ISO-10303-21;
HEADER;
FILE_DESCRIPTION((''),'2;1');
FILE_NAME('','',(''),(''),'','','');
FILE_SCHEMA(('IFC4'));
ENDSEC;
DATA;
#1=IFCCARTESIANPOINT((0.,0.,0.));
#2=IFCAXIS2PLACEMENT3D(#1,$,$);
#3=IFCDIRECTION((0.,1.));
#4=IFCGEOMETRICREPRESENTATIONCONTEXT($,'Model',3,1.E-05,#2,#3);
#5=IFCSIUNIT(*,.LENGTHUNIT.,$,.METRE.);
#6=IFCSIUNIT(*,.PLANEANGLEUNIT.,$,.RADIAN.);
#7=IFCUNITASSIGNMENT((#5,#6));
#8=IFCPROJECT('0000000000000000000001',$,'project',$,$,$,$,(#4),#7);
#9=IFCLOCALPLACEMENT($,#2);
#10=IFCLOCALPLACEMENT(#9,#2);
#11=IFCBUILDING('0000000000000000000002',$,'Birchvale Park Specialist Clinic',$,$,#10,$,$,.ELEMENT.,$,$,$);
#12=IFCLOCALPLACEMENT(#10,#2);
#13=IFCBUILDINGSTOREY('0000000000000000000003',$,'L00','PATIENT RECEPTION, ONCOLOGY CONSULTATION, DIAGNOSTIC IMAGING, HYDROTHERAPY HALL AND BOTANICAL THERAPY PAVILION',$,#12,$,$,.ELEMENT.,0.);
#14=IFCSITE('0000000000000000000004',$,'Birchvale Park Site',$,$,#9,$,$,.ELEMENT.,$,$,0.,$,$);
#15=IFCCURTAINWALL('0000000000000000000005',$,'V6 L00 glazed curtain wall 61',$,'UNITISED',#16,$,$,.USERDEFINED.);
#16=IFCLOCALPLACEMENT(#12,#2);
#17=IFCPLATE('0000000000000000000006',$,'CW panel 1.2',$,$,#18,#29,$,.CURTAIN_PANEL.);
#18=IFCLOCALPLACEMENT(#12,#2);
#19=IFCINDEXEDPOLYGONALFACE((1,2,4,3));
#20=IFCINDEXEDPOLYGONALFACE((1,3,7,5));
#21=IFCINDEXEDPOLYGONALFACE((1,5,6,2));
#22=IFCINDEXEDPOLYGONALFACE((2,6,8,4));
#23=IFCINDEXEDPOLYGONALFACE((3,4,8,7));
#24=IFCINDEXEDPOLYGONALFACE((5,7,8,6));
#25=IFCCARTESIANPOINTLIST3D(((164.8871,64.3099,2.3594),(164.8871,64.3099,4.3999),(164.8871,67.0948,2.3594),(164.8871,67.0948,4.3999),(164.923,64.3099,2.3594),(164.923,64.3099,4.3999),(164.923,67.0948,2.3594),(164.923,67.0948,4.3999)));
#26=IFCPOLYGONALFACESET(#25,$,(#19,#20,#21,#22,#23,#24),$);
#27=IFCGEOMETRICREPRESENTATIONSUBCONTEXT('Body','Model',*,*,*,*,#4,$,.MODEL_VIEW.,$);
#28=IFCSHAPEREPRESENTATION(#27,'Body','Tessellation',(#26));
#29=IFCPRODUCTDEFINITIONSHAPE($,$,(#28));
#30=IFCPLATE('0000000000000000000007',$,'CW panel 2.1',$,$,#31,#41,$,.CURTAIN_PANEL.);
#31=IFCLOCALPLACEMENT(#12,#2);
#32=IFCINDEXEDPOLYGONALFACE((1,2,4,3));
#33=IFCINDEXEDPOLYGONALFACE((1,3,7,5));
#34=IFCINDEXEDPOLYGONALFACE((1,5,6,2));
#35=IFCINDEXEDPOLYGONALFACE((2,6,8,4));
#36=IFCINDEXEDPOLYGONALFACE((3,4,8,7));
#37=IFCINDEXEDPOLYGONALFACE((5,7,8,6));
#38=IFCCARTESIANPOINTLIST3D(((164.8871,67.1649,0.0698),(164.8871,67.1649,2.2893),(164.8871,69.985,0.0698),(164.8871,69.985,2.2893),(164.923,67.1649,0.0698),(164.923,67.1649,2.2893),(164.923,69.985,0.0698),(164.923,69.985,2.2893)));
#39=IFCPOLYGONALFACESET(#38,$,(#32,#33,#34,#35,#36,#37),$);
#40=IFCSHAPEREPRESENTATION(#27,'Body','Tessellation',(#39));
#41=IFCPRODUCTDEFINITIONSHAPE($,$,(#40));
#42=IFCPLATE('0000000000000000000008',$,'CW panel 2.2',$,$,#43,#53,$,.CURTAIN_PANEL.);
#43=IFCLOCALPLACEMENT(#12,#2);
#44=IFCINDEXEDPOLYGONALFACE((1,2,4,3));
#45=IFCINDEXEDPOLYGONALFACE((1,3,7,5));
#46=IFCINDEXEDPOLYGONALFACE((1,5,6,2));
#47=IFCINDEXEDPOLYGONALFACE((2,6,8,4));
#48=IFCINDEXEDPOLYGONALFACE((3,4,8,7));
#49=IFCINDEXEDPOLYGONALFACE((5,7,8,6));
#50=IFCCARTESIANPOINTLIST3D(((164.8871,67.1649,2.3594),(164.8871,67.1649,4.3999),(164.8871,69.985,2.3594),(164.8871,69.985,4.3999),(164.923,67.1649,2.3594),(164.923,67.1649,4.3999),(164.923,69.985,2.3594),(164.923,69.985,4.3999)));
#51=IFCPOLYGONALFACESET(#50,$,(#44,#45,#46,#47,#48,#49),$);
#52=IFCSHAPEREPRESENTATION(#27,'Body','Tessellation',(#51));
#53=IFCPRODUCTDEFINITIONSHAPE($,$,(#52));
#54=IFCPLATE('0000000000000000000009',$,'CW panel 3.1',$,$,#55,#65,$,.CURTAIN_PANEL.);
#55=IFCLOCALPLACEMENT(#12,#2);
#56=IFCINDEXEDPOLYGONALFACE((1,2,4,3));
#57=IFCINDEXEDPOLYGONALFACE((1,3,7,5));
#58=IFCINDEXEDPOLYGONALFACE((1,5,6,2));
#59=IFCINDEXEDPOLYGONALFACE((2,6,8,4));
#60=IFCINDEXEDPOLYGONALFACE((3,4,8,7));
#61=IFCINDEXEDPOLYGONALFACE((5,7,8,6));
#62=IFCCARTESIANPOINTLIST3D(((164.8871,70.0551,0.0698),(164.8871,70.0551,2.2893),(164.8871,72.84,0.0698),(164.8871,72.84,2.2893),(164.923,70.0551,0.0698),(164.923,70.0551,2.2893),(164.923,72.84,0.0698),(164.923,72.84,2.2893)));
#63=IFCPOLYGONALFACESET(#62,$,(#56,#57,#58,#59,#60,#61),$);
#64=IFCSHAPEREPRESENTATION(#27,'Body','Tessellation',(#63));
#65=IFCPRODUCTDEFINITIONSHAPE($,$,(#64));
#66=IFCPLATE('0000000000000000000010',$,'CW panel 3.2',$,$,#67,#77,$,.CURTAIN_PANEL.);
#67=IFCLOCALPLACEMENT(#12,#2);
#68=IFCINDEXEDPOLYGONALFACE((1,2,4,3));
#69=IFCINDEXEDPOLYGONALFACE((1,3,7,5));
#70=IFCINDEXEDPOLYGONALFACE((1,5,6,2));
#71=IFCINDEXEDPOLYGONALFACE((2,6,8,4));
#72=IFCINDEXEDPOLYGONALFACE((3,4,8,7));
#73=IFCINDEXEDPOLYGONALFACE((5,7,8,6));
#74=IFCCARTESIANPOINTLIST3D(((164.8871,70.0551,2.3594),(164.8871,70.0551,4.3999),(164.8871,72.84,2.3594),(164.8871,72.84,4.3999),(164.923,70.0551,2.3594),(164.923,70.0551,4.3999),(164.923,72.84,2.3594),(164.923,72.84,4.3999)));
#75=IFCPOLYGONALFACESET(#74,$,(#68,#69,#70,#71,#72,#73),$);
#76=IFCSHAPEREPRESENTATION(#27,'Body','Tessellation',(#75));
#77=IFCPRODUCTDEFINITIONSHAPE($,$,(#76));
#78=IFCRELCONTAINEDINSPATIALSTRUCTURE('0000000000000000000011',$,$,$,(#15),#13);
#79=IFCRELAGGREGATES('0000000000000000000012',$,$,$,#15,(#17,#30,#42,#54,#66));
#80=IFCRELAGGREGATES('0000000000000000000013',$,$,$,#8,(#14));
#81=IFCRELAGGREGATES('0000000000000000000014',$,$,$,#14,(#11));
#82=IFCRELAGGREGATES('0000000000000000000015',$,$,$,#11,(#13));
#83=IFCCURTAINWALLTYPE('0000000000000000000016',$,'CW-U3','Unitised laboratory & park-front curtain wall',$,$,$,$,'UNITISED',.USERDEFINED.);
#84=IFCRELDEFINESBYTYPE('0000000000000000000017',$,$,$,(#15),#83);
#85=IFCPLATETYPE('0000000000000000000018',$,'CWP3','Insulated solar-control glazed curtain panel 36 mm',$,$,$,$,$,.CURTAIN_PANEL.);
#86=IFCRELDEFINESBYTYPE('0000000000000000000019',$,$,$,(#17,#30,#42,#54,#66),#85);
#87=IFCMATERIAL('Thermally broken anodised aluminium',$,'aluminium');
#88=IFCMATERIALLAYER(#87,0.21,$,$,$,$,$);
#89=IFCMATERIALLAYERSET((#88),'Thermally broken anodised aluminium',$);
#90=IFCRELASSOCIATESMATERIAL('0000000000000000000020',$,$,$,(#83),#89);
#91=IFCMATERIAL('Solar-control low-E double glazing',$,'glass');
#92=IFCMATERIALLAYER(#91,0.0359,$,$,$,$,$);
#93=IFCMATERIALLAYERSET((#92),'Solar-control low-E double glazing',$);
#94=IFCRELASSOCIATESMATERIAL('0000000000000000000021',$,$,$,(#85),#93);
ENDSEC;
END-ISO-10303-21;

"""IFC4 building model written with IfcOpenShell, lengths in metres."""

from ifc_helpers import new_model, si_unit, direction, frame, origin, origin_2d, place, context, subcontext, project, spatial, rectangle, extrude, material, layer, layer_set, type_object, element, aggregate, save


model = new_model("IFC4")

# Units and contexts
model_context = context("Model", 3, precision=1e-05, world=origin(), true_north=direction((0.0, 1.0)))
body_context = subcontext(model_context, "Body", "Model", "MODEL_VIEW")
ifc_project = project(units=[si_unit("LENGTHUNIT", "METRE"), si_unit("PLANEANGLEUNIT", "RADIAN")], contexts=[model_context])

# Site, building, storey
site_placement = place(None, origin())
site = spatial("IfcSite", under=ifc_project, at=site_placement, Name="Birchvale Park Site", CompositionType="ELEMENT", RefElevation=0.0)
building_placement = place(site_placement, origin())
building = spatial("IfcBuilding", under=site, at=building_placement, Name="Birchvale Park Specialist Clinic", CompositionType="ELEMENT")
storey_placement = place(building_placement, origin())
storey = spatial("IfcBuildingStorey", under=building, at=storey_placement, Name="L00", Description="PATIENT RECEPTION, ONCOLOGY CONSULTATION, DIAGNOSTIC IMAGING, HYDROTHERAPY HALL AND BOTANICAL THERAPY PAVILION", CompositionType="ELEMENT", Elevation=0.0)

# Curtain wall, plates
ifc_material_1 = material(Name="Thermally broken anodised aluminium", Category="aluminium")
ifc_layer_1 = layer(ifc_material_1, 0.21)
ifc_layer_set_1 = layer_set([ifc_layer_1], Name="Thermally broken anodised aluminium")
curtain_wall_type = type_object("IfcCurtainWallType", Name="CW-U3", Description="Unitised laboratory & park-front curtain wall", ElementType="UNITISED", PredefinedType="USERDEFINED", material=ifc_layer_set_1)
curtain_wall_placement = place(storey_placement, origin())
curtain_wall = element("IfcCurtainWall", 1, at=curtain_wall_placement, inside=storey, type_object=curtain_wall_type, Name="V6 L00 glazed curtain wall 61", ObjectType="UNITISED", PredefinedType="USERDEFINED")
ifc_material_2 = material(Name="Solar-control low-E double glazing", Category="glass")
ifc_layer_2 = layer(ifc_material_2, 0.0359)
ifc_layer_set_2 = layer_set([ifc_layer_2], Name="Solar-control low-E double glazing")
plate_type = type_object("IfcPlateType", Name="CWP3", Description="Insulated solar-control glazed curtain panel 36 mm", PredefinedType="CURTAIN_PANEL", material=ifc_layer_set_2)
plate_1_placement = place(storey_placement, frame((164.905, 65.7024, 2.3594), z_axis=(0.0, 0.0, 1.0), x_axis=(0.0, 1.0, 0.0)))
plate_1 = element("IfcPlate", 2, at=plate_1_placement, type_object=plate_type, Name="CW panel 1.2", PredefinedType="CURTAIN_PANEL", context=body_context, shape_type="SweptSolid", body=[
    extrude(rectangle(XDim=2.7849, YDim=0.0359, at=origin_2d()), origin(), (0.0, 0.0, 1.0), 2.0405),
])
plate_2_placement = place(storey_placement, frame((164.905, 68.575, 0.0698), z_axis=(0.0, 0.0, 1.0), x_axis=(0.0, 1.0, 0.0)))
plate_2 = element("IfcPlate", 3, at=plate_2_placement, type_object=plate_type, Name="CW panel 2.1", PredefinedType="CURTAIN_PANEL", context=body_context, shape_type="SweptSolid", body=[
    extrude(rectangle(XDim=2.8201, YDim=0.0359, at=origin_2d()), origin(), (0.0, 0.0, 1.0), 2.2195),
])
plate_3_placement = place(storey_placement, frame((164.905, 68.575, 2.3594), z_axis=(0.0, 0.0, 1.0), x_axis=(0.0, 1.0, 0.0)))
plate_3 = element("IfcPlate", 4, at=plate_3_placement, type_object=plate_type, Name="CW panel 2.2", PredefinedType="CURTAIN_PANEL", context=body_context, shape_type="SweptSolid", body=[
    extrude(rectangle(XDim=2.8201, YDim=0.0359, at=origin_2d()), origin(), (0.0, 0.0, 1.0), 2.0405),
])
plate_4_placement = place(storey_placement, frame((164.905, 71.4475, 0.0698), z_axis=(0.0, 0.0, 1.0), x_axis=(0.0, 1.0, 0.0)))
plate_4 = element("IfcPlate", 5, at=plate_4_placement, type_object=plate_type, Name="CW panel 3.1", PredefinedType="CURTAIN_PANEL", context=body_context, shape_type="SweptSolid", body=[
    extrude(rectangle(XDim=2.7849, YDim=0.0359, at=origin_2d()), origin(), (0.0, 0.0, 1.0), 2.2195),
])
plate_5_placement = place(storey_placement, frame((164.905, 71.4475, 2.3594), z_axis=(0.0, 0.0, 1.0), x_axis=(0.0, 1.0, 0.0)))
plate_5 = element("IfcPlate", 6, at=plate_5_placement, type_object=plate_type, Name="CW panel 3.2", PredefinedType="CURTAIN_PANEL", context=body_context, shape_type="SweptSolid", body=[
    extrude(rectangle(XDim=2.7849, YDim=0.0359, at=origin_2d()), origin(), (0.0, 0.0, 1.0), 2.0405),
])
aggregate(curtain_wall, [plate_1, plate_2, plate_3, plate_4, plate_5])

save(model, "model.ifc")
